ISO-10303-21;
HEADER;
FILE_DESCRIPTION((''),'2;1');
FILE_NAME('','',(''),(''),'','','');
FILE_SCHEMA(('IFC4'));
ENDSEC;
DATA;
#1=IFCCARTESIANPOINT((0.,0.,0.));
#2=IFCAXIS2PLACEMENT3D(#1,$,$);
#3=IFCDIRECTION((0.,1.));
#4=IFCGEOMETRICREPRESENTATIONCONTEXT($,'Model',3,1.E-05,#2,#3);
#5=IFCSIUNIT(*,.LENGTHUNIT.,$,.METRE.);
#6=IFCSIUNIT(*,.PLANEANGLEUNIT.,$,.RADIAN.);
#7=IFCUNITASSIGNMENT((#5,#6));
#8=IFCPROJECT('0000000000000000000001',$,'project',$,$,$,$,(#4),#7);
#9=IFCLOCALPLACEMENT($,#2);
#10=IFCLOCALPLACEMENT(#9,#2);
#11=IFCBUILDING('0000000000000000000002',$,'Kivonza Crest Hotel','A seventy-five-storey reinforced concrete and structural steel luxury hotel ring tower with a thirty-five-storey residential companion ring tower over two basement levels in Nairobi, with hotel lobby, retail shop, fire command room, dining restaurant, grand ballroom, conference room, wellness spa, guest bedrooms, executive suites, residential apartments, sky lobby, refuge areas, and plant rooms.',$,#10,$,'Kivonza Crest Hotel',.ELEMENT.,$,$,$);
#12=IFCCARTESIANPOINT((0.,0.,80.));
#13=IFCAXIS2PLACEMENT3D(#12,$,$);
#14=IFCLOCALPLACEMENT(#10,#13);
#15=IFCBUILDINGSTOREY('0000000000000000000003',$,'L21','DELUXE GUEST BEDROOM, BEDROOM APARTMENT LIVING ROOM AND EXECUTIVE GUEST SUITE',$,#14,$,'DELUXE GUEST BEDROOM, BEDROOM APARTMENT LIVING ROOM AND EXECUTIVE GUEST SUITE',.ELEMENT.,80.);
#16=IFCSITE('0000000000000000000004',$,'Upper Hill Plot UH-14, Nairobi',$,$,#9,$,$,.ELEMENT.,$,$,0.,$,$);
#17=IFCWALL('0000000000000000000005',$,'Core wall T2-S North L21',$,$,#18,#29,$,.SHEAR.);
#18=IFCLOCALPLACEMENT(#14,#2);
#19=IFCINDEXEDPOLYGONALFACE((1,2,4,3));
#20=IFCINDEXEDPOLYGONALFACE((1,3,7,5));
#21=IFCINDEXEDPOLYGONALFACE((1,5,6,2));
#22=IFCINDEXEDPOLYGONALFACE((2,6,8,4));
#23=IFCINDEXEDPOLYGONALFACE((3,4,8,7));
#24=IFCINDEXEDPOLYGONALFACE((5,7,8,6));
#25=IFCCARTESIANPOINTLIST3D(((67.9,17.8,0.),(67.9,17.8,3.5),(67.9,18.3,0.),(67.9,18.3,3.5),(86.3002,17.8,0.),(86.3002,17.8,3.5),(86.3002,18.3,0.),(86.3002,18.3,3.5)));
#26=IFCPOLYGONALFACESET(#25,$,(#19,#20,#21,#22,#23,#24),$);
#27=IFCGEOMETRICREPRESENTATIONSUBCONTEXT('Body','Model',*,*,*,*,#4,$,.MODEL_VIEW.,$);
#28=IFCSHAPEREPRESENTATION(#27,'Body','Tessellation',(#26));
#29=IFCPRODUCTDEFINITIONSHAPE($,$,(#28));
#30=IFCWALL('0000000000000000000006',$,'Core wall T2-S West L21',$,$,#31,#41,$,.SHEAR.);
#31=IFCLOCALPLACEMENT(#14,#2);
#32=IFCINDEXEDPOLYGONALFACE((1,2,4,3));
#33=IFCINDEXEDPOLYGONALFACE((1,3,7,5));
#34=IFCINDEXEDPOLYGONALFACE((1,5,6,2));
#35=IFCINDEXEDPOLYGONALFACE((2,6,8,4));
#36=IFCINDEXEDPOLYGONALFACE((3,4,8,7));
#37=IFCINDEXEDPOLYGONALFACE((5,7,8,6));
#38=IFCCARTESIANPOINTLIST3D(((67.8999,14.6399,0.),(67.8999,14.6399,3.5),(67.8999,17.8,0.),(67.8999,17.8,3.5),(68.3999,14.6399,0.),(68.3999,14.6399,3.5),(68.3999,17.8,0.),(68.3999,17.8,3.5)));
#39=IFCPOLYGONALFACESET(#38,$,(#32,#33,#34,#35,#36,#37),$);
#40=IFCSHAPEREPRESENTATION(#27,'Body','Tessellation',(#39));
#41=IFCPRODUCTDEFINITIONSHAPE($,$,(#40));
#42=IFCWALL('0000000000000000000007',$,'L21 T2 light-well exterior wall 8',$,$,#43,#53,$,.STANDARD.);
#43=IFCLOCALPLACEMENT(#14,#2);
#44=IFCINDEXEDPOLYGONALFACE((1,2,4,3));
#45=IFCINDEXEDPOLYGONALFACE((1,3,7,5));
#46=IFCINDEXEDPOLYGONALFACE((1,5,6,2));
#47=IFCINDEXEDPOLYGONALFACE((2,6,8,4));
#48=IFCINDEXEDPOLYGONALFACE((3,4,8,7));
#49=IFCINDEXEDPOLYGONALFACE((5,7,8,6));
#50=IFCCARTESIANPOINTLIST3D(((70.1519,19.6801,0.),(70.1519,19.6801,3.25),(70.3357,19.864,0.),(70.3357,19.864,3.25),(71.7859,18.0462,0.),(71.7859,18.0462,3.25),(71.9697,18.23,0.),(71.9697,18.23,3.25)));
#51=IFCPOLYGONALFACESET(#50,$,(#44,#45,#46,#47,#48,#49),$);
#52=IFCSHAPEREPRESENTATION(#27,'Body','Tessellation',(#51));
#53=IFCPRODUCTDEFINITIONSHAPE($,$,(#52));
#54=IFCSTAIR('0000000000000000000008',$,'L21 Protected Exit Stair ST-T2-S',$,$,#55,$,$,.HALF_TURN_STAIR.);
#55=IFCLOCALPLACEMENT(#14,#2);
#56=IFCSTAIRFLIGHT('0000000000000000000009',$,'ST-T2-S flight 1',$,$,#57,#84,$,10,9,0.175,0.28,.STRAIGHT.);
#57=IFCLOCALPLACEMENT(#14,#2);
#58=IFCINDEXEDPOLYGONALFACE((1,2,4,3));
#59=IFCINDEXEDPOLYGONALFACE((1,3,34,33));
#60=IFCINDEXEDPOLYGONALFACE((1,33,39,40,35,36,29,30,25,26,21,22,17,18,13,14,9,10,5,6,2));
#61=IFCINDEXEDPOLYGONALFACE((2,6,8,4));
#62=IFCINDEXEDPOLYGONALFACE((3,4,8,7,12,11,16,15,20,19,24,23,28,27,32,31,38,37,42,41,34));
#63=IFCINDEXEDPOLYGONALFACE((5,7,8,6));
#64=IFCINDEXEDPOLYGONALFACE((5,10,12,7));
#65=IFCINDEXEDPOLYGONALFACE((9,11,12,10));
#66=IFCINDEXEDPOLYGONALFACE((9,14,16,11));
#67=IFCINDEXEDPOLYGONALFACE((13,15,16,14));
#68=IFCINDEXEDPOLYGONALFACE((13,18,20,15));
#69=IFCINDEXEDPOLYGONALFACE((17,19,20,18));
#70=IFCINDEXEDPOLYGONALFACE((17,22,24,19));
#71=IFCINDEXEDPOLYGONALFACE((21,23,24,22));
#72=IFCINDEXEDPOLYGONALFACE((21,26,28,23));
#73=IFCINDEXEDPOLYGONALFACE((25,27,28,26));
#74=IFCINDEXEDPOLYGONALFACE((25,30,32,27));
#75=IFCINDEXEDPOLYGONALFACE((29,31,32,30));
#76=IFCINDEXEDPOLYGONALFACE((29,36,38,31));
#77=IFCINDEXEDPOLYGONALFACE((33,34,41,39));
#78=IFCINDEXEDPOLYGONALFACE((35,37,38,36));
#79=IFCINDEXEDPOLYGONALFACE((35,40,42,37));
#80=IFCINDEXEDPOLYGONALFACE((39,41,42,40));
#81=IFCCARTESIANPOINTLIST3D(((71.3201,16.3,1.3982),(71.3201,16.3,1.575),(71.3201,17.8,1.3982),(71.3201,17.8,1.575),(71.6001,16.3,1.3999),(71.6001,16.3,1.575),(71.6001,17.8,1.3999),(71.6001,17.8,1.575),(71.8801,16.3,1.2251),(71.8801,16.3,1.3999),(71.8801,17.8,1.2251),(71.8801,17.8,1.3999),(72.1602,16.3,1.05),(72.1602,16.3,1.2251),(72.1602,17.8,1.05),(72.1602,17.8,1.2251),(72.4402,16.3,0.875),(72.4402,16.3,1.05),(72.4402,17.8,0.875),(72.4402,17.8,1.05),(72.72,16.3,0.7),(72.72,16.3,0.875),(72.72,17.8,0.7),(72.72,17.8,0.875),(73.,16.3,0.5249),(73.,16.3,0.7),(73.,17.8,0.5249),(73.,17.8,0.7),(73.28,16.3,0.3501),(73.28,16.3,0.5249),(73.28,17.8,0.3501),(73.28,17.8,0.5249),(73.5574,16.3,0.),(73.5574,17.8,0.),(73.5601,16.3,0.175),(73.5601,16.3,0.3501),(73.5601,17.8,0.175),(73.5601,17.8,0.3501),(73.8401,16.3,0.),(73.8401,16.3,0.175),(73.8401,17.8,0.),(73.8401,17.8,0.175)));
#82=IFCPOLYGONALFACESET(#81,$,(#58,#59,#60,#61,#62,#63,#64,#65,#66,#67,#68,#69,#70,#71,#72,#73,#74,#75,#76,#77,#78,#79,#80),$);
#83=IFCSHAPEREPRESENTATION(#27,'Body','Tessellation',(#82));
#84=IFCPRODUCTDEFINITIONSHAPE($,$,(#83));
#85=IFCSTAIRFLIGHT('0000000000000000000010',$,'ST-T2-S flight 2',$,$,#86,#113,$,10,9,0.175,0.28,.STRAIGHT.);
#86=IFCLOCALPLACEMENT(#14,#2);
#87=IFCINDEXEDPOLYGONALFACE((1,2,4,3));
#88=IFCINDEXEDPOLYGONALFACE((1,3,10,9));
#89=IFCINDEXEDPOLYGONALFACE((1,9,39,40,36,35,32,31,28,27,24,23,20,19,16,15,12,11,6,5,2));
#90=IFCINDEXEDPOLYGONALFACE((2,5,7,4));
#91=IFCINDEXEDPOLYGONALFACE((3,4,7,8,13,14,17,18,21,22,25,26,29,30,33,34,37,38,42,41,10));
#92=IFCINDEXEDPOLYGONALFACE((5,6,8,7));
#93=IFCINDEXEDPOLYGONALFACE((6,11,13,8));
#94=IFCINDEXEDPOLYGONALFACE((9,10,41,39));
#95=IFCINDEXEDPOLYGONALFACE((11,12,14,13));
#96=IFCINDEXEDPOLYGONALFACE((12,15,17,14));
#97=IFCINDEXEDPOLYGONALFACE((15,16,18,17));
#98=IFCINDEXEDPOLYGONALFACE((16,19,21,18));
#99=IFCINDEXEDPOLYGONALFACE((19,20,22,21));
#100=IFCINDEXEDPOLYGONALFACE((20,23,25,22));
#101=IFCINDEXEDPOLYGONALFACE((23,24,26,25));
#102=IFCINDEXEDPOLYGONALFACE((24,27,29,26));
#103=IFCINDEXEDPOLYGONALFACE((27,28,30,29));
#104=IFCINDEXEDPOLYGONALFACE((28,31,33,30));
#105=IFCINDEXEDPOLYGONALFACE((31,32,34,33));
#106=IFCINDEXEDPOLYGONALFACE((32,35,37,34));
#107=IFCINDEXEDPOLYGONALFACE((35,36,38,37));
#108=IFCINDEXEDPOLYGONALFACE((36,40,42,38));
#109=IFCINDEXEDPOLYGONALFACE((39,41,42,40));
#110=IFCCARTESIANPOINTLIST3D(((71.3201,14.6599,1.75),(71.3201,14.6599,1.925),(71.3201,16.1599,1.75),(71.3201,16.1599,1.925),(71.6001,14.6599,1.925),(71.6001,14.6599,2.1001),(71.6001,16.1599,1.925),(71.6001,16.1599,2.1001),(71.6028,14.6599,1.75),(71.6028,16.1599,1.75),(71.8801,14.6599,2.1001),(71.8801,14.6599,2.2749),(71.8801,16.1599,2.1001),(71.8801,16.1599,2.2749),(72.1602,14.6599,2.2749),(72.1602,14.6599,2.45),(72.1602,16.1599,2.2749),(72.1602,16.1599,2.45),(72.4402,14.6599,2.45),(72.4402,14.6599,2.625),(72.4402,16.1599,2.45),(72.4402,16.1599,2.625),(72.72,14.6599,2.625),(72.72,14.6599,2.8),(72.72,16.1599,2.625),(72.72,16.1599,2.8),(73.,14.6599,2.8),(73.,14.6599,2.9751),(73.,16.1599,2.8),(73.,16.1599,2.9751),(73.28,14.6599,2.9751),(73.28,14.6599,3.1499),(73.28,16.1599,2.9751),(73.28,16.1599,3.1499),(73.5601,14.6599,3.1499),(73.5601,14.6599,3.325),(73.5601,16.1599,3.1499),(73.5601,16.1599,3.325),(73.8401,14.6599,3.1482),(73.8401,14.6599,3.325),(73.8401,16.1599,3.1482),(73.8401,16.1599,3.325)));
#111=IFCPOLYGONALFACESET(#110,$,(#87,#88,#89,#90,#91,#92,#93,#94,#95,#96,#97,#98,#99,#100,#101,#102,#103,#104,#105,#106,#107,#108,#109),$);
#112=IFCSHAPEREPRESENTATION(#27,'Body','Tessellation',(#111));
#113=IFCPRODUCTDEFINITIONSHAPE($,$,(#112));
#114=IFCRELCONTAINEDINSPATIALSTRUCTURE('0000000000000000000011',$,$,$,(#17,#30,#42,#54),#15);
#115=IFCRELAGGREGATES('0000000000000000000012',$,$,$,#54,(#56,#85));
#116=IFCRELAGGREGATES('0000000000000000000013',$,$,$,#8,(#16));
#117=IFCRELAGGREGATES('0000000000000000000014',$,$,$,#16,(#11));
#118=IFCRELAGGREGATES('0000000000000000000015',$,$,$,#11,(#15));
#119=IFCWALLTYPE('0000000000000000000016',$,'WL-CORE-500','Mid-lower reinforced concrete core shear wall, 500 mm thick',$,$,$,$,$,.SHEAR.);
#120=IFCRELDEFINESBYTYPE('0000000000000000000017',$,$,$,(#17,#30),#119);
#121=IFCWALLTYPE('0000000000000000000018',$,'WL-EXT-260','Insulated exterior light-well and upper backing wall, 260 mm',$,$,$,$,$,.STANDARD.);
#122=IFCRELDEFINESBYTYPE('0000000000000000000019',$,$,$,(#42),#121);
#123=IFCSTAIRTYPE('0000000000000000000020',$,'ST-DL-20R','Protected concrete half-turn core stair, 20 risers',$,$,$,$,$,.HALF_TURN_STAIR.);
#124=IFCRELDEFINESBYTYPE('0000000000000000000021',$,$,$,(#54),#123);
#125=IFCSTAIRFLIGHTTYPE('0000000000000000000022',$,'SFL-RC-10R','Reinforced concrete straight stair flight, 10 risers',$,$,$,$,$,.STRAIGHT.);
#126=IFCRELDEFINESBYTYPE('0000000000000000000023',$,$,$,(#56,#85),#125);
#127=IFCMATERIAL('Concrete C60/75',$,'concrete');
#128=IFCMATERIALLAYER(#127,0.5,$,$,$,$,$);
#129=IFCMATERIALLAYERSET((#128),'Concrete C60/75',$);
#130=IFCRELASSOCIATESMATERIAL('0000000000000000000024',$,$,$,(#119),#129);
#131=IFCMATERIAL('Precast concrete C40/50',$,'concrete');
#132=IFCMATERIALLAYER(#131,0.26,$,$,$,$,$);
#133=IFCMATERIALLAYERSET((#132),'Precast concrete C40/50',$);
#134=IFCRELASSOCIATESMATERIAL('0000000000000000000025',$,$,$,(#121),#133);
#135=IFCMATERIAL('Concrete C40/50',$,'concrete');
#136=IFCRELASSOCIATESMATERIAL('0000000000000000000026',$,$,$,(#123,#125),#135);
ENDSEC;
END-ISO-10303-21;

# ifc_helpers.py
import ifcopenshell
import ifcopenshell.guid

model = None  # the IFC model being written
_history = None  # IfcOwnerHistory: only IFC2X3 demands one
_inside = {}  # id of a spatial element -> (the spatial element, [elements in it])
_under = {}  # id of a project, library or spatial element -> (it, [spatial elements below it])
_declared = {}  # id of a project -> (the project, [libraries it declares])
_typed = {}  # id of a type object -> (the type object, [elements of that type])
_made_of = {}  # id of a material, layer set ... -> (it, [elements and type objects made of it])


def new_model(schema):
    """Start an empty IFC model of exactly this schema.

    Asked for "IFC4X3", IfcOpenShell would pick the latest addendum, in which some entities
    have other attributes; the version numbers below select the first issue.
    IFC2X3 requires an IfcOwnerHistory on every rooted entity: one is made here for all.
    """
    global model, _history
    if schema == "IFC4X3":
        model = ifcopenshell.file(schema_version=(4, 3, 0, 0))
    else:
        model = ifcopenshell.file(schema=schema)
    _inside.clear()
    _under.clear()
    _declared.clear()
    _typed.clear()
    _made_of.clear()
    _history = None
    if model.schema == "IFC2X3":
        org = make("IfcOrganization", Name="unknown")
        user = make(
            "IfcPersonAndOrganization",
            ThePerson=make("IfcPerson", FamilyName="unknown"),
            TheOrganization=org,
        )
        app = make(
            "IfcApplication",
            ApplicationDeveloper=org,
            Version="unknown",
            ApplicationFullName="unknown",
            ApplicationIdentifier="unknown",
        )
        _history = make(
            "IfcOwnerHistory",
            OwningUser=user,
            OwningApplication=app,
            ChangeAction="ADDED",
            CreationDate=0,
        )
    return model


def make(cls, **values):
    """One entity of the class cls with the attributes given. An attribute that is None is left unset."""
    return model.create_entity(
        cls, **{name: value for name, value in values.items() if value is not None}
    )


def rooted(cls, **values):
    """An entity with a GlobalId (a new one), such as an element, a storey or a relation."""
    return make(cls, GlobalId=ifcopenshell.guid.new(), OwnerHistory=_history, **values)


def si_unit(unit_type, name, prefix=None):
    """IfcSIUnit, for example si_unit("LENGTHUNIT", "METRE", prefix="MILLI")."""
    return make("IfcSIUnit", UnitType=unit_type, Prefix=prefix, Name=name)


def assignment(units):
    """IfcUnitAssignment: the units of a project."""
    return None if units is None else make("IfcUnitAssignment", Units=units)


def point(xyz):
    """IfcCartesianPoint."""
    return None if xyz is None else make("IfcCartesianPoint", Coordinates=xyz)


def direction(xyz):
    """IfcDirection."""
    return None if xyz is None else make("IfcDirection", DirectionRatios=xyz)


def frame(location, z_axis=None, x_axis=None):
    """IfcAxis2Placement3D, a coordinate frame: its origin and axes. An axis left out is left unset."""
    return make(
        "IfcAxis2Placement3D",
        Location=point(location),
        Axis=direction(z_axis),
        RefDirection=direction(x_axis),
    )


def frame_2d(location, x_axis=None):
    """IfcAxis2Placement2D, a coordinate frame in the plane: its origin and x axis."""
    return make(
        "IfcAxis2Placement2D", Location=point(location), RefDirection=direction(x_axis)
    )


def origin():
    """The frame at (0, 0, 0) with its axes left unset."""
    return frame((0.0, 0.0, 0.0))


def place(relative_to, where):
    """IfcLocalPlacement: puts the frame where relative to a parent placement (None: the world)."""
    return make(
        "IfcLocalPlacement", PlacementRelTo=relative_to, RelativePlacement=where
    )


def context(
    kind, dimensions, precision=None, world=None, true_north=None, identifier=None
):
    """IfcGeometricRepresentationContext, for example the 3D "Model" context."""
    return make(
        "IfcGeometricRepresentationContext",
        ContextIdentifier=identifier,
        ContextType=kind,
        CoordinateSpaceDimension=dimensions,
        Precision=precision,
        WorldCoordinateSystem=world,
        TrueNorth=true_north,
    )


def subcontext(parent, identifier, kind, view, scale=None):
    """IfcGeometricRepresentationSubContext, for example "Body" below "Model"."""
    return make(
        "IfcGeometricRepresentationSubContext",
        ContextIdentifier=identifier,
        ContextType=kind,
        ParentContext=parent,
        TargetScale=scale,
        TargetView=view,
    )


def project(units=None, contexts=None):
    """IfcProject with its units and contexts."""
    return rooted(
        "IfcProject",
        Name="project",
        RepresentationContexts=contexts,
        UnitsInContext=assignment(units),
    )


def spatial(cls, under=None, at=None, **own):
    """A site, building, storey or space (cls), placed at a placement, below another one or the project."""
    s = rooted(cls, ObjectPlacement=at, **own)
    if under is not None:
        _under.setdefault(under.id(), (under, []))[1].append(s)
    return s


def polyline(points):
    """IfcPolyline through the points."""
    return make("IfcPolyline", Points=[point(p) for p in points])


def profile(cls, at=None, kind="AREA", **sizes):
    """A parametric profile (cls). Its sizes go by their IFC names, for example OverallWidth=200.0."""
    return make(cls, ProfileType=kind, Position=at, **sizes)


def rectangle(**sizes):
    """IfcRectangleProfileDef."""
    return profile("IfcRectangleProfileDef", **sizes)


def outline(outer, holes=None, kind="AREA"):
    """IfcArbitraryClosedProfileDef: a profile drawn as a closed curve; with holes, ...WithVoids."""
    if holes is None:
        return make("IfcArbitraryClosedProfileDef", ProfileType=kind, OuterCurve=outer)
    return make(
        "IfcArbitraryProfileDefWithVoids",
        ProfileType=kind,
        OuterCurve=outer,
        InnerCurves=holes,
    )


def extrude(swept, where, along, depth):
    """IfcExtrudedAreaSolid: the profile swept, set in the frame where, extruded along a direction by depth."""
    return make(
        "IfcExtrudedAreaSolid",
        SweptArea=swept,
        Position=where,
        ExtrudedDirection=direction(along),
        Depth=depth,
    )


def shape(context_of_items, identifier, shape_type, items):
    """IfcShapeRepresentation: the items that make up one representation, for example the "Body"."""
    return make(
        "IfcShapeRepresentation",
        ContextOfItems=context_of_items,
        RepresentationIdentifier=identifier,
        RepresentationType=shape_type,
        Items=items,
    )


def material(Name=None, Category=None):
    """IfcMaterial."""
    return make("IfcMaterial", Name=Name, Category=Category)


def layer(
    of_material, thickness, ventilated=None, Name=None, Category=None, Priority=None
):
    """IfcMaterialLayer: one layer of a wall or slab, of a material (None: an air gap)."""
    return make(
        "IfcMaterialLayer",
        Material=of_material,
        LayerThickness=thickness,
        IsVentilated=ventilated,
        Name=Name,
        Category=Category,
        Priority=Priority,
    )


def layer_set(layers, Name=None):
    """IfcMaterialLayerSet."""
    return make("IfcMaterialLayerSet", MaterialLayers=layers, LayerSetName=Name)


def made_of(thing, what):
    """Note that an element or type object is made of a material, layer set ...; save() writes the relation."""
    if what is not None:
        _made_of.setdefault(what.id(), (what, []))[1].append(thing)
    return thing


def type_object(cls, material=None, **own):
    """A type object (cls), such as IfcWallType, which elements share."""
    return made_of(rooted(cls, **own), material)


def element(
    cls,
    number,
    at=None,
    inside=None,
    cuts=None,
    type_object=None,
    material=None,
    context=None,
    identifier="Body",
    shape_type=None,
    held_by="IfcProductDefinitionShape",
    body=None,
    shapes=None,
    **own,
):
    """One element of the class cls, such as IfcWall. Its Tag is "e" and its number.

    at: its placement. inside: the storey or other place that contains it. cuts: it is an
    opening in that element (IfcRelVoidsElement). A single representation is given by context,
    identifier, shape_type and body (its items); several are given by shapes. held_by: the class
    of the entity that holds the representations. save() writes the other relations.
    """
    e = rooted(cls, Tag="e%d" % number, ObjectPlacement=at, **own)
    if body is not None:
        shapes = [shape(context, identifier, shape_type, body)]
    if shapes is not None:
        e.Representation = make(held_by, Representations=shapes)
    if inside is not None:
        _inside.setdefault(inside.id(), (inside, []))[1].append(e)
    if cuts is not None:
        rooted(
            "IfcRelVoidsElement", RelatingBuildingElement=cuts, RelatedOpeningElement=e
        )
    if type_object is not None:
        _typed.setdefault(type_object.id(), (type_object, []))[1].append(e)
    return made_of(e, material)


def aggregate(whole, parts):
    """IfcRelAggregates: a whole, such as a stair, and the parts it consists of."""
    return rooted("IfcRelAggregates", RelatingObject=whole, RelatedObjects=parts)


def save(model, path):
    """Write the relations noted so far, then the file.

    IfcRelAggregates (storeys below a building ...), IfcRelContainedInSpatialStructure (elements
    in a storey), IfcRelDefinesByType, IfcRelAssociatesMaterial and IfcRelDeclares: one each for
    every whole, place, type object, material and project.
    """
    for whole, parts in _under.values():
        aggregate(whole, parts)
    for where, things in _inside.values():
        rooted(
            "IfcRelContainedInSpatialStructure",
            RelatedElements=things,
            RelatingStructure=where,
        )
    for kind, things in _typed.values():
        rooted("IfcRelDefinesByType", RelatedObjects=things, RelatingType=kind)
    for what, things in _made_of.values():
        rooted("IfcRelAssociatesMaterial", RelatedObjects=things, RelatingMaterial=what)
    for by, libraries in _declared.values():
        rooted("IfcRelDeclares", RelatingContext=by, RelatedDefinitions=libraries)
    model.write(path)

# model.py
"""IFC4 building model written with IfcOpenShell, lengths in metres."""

from ifc_helpers import new_model, si_unit, direction, frame, frame_2d, origin, place, context, subcontext, project, spatial, polyline, rectangle, outline, extrude, material, layer, layer_set, type_object, element, aggregate, save


model = new_model("IFC4")

# Units and contexts
model_context = context("Model", 3, precision=1e-05, world=origin(), true_north=direction((0.0, 1.0)))
body_context = subcontext(model_context, "Body", "Model", "MODEL_VIEW")
ifc_project = project(units=[si_unit("LENGTHUNIT", "METRE"), si_unit("PLANEANGLEUNIT", "RADIAN")], contexts=[model_context])

# Site, building, storey
site_placement = place(None, origin())
site = spatial("IfcSite", under=ifc_project, at=site_placement, Name="Upper Hill Plot UH-14, Nairobi", CompositionType="ELEMENT", RefElevation=0.0)
building_placement = place(site_placement, origin())
building = spatial("IfcBuilding", under=site, at=building_placement, Name="Kivonza Crest Hotel", Description="A seventy-five-storey reinforced concrete and structural steel luxury hotel ring tower with a thirty-five-storey residential companion ring tower over two basement levels in Nairobi, with hotel lobby, retail shop, fire command room, dining restaurant, grand ballroom, conference room, wellness spa, guest bedrooms, executive suites, residential apartments, sky lobby, refuge areas, and plant rooms.", LongName="Kivonza Crest Hotel", CompositionType="ELEMENT")
storey_placement = place(building_placement, frame((0.0, 0.0, 80.0)))
storey = spatial("IfcBuildingStorey", under=building, at=storey_placement, Name="L21", Description="DELUXE GUEST BEDROOM, BEDROOM APARTMENT LIVING ROOM AND EXECUTIVE GUEST SUITE", LongName="DELUXE GUEST BEDROOM, BEDROOM APARTMENT LIVING ROOM AND EXECUTIVE GUEST SUITE", CompositionType="ELEMENT", Elevation=80.0)

# Walls
ifc_material_1 = material(Name="Concrete C60/75", Category="concrete")
ifc_layer_1 = layer(ifc_material_1, 0.5)
ifc_layer_set_1 = layer_set([ifc_layer_1], Name="Concrete C60/75")
wall_type_1 = type_object("IfcWallType", Name="WL-CORE-500", Description="Mid-lower reinforced concrete core shear wall, 500 mm thick", PredefinedType="SHEAR", material=ifc_layer_set_1)
wall_1_placement = place(storey_placement, frame((67.8999, 18.05, 0.0), z_axis=(0.0, 0.0, 1.0), x_axis=(1.0, 0.0, 0.0)))
element("IfcWall", 1, at=wall_1_placement, inside=storey, type_object=wall_type_1, Name="Core wall T2-S North L21", PredefinedType="SHEAR", context=body_context, shape_type="SweptSolid", body=[
    extrude(rectangle(XDim=18.4001, YDim=0.5, at=frame_2d((9.2002, 0.0))), origin(), (0.0, 0.0, 1.0), 3.5),
])
wall_2_placement = place(storey_placement, frame((68.1499, 14.6399, 0.0), z_axis=(0.0, 0.0, 1.0), x_axis=(0.0, 1.0, 0.0)))
element("IfcWall", 2, at=wall_2_placement, inside=storey, type_object=wall_type_1, Name="Core wall T2-S West L21", PredefinedType="SHEAR", context=body_context, shape_type="SweptSolid", body=[
    extrude(rectangle(XDim=3.1602, YDim=0.5, at=frame_2d((1.5801, 0.0))), origin(), (0.0, 0.0, 1.0), 3.5),
])
ifc_material_2 = material(Name="Precast concrete C40/50", Category="concrete")
ifc_layer_2 = layer(ifc_material_2, 0.26)
ifc_layer_set_2 = layer_set([ifc_layer_2], Name="Precast concrete C40/50")
wall_type_2 = type_object("IfcWallType", Name="WL-EXT-260", Description="Insulated exterior light-well and upper backing wall, 260 mm", PredefinedType="STANDARD", material=ifc_layer_set_2)
wall_3_placement = place(storey_placement, frame((70.2439, 19.772, 0.0), z_axis=(0.0, 0.0, 1.0), x_axis=(0.707107, -0.707107, 0.0)))
element("IfcWall", 3, at=wall_3_placement, inside=storey, type_object=wall_type_2, Name="L21 T2 light-well exterior wall 8", PredefinedType="STANDARD", context=body_context, shape_type="SweptSolid", body=[
    extrude(rectangle(XDim=2.3108, YDim=0.26, at=frame_2d((1.1553, 0.0))), origin(), (0.0, 0.0, 1.0), 3.25),
])

# Stair, stair flights
ifc_material_3 = material(Name="Concrete C40/50", Category="concrete")
stair_type = type_object("IfcStairType", Name="ST-DL-20R", Description="Protected concrete half-turn core stair, 20 risers", PredefinedType="HALF_TURN_STAIR", material=ifc_material_3)
stair_placement = place(storey_placement, origin())
stair = element("IfcStair", 4, at=stair_placement, inside=storey, type_object=stair_type, Name="L21 Protected Exit Stair ST-T2-S", PredefinedType="HALF_TURN_STAIR")
stair_flight_type = type_object("IfcStairFlightType", Name="SFL-RC-10R", Description="Reinforced concrete straight stair flight, 10 risers", PredefinedType="STRAIGHT", material=ifc_material_3)
stair_flight_1_placement = place(storey_placement, frame((73.8401, 17.05, 0.0), z_axis=(0.0, 0.0, 1.0), x_axis=(-1.0, 0.0, 0.0)))
stair_flight_1 = element("IfcStairFlight", 5, at=stair_flight_1_placement, type_object=stair_flight_type, Name="ST-T2-S flight 1", NumberOfRisers=10, NumberOfTreads=9, PredefinedType="STRAIGHT", RiserHeight=0.175, TreadLength=0.28, context=body_context, shape_type="SweptSolid", body=[
    extrude(outline(polyline([(0.0, 0.0), (0.0, 0.175), (0.28, 0.175), (0.28, 0.3501), (0.5601, 0.3501), (0.5601, 0.5249), (0.8401, 0.5249), (0.8401, 0.7), (1.1201, 0.7), (1.1201, 0.875), (1.3999, 0.875), (1.3999, 1.05), (1.6799, 1.05), (1.6799, 1.2251), (1.96, 1.2251), (1.96, 1.3999), (2.24, 1.3999), (2.24, 1.575), (2.52, 1.575), (2.52, 1.75), (2.52, 1.3982), (0.2827, 0.0), (0.0, 0.0)])), frame((0.0, 0.75, 0.0), z_axis=(0.0, -1.0, 0.0), x_axis=(1.0, 0.0, 0.0)), (0.0, 0.0, 1.0), 1.5),
])
stair_flight_2_placement = place(storey_placement, frame((71.3201, 15.4099, 1.75), z_axis=(0.0, 0.0, 1.0), x_axis=(1.0, 0.0, 0.0)))
stair_flight_2 = element("IfcStairFlight", 6, at=stair_flight_2_placement, type_object=stair_flight_type, Name="ST-T2-S flight 2", NumberOfRisers=10, NumberOfTreads=9, PredefinedType="STRAIGHT", RiserHeight=0.175, TreadLength=0.28, context=body_context, shape_type="SweptSolid", body=[
    extrude(outline(polyline([(0.0, 0.0), (0.0, 0.175), (0.28, 0.175), (0.28, 0.3501), (0.5601, 0.3501), (0.5601, 0.5249), (0.8401, 0.5249), (0.8401, 0.7), (1.1201, 0.7), (1.1201, 0.875), (1.3999, 0.875), (1.3999, 1.05), (1.6799, 1.05), (1.6799, 1.2251), (1.96, 1.2251), (1.96, 1.3999), (2.24, 1.3999), (2.24, 1.575), (2.52, 1.575), (2.52, 1.75), (2.52, 1.3982), (0.2827, 0.0), (0.0, 0.0)])), frame((0.0, 0.75, 0.0), z_axis=(0.0, -1.0, 0.0), x_axis=(1.0, 0.0, 0.0)), (0.0, 0.0, 1.0), 1.5),
])
aggregate(stair, [stair_flight_1, stair_flight_2])

save(model, "model.ifc")
